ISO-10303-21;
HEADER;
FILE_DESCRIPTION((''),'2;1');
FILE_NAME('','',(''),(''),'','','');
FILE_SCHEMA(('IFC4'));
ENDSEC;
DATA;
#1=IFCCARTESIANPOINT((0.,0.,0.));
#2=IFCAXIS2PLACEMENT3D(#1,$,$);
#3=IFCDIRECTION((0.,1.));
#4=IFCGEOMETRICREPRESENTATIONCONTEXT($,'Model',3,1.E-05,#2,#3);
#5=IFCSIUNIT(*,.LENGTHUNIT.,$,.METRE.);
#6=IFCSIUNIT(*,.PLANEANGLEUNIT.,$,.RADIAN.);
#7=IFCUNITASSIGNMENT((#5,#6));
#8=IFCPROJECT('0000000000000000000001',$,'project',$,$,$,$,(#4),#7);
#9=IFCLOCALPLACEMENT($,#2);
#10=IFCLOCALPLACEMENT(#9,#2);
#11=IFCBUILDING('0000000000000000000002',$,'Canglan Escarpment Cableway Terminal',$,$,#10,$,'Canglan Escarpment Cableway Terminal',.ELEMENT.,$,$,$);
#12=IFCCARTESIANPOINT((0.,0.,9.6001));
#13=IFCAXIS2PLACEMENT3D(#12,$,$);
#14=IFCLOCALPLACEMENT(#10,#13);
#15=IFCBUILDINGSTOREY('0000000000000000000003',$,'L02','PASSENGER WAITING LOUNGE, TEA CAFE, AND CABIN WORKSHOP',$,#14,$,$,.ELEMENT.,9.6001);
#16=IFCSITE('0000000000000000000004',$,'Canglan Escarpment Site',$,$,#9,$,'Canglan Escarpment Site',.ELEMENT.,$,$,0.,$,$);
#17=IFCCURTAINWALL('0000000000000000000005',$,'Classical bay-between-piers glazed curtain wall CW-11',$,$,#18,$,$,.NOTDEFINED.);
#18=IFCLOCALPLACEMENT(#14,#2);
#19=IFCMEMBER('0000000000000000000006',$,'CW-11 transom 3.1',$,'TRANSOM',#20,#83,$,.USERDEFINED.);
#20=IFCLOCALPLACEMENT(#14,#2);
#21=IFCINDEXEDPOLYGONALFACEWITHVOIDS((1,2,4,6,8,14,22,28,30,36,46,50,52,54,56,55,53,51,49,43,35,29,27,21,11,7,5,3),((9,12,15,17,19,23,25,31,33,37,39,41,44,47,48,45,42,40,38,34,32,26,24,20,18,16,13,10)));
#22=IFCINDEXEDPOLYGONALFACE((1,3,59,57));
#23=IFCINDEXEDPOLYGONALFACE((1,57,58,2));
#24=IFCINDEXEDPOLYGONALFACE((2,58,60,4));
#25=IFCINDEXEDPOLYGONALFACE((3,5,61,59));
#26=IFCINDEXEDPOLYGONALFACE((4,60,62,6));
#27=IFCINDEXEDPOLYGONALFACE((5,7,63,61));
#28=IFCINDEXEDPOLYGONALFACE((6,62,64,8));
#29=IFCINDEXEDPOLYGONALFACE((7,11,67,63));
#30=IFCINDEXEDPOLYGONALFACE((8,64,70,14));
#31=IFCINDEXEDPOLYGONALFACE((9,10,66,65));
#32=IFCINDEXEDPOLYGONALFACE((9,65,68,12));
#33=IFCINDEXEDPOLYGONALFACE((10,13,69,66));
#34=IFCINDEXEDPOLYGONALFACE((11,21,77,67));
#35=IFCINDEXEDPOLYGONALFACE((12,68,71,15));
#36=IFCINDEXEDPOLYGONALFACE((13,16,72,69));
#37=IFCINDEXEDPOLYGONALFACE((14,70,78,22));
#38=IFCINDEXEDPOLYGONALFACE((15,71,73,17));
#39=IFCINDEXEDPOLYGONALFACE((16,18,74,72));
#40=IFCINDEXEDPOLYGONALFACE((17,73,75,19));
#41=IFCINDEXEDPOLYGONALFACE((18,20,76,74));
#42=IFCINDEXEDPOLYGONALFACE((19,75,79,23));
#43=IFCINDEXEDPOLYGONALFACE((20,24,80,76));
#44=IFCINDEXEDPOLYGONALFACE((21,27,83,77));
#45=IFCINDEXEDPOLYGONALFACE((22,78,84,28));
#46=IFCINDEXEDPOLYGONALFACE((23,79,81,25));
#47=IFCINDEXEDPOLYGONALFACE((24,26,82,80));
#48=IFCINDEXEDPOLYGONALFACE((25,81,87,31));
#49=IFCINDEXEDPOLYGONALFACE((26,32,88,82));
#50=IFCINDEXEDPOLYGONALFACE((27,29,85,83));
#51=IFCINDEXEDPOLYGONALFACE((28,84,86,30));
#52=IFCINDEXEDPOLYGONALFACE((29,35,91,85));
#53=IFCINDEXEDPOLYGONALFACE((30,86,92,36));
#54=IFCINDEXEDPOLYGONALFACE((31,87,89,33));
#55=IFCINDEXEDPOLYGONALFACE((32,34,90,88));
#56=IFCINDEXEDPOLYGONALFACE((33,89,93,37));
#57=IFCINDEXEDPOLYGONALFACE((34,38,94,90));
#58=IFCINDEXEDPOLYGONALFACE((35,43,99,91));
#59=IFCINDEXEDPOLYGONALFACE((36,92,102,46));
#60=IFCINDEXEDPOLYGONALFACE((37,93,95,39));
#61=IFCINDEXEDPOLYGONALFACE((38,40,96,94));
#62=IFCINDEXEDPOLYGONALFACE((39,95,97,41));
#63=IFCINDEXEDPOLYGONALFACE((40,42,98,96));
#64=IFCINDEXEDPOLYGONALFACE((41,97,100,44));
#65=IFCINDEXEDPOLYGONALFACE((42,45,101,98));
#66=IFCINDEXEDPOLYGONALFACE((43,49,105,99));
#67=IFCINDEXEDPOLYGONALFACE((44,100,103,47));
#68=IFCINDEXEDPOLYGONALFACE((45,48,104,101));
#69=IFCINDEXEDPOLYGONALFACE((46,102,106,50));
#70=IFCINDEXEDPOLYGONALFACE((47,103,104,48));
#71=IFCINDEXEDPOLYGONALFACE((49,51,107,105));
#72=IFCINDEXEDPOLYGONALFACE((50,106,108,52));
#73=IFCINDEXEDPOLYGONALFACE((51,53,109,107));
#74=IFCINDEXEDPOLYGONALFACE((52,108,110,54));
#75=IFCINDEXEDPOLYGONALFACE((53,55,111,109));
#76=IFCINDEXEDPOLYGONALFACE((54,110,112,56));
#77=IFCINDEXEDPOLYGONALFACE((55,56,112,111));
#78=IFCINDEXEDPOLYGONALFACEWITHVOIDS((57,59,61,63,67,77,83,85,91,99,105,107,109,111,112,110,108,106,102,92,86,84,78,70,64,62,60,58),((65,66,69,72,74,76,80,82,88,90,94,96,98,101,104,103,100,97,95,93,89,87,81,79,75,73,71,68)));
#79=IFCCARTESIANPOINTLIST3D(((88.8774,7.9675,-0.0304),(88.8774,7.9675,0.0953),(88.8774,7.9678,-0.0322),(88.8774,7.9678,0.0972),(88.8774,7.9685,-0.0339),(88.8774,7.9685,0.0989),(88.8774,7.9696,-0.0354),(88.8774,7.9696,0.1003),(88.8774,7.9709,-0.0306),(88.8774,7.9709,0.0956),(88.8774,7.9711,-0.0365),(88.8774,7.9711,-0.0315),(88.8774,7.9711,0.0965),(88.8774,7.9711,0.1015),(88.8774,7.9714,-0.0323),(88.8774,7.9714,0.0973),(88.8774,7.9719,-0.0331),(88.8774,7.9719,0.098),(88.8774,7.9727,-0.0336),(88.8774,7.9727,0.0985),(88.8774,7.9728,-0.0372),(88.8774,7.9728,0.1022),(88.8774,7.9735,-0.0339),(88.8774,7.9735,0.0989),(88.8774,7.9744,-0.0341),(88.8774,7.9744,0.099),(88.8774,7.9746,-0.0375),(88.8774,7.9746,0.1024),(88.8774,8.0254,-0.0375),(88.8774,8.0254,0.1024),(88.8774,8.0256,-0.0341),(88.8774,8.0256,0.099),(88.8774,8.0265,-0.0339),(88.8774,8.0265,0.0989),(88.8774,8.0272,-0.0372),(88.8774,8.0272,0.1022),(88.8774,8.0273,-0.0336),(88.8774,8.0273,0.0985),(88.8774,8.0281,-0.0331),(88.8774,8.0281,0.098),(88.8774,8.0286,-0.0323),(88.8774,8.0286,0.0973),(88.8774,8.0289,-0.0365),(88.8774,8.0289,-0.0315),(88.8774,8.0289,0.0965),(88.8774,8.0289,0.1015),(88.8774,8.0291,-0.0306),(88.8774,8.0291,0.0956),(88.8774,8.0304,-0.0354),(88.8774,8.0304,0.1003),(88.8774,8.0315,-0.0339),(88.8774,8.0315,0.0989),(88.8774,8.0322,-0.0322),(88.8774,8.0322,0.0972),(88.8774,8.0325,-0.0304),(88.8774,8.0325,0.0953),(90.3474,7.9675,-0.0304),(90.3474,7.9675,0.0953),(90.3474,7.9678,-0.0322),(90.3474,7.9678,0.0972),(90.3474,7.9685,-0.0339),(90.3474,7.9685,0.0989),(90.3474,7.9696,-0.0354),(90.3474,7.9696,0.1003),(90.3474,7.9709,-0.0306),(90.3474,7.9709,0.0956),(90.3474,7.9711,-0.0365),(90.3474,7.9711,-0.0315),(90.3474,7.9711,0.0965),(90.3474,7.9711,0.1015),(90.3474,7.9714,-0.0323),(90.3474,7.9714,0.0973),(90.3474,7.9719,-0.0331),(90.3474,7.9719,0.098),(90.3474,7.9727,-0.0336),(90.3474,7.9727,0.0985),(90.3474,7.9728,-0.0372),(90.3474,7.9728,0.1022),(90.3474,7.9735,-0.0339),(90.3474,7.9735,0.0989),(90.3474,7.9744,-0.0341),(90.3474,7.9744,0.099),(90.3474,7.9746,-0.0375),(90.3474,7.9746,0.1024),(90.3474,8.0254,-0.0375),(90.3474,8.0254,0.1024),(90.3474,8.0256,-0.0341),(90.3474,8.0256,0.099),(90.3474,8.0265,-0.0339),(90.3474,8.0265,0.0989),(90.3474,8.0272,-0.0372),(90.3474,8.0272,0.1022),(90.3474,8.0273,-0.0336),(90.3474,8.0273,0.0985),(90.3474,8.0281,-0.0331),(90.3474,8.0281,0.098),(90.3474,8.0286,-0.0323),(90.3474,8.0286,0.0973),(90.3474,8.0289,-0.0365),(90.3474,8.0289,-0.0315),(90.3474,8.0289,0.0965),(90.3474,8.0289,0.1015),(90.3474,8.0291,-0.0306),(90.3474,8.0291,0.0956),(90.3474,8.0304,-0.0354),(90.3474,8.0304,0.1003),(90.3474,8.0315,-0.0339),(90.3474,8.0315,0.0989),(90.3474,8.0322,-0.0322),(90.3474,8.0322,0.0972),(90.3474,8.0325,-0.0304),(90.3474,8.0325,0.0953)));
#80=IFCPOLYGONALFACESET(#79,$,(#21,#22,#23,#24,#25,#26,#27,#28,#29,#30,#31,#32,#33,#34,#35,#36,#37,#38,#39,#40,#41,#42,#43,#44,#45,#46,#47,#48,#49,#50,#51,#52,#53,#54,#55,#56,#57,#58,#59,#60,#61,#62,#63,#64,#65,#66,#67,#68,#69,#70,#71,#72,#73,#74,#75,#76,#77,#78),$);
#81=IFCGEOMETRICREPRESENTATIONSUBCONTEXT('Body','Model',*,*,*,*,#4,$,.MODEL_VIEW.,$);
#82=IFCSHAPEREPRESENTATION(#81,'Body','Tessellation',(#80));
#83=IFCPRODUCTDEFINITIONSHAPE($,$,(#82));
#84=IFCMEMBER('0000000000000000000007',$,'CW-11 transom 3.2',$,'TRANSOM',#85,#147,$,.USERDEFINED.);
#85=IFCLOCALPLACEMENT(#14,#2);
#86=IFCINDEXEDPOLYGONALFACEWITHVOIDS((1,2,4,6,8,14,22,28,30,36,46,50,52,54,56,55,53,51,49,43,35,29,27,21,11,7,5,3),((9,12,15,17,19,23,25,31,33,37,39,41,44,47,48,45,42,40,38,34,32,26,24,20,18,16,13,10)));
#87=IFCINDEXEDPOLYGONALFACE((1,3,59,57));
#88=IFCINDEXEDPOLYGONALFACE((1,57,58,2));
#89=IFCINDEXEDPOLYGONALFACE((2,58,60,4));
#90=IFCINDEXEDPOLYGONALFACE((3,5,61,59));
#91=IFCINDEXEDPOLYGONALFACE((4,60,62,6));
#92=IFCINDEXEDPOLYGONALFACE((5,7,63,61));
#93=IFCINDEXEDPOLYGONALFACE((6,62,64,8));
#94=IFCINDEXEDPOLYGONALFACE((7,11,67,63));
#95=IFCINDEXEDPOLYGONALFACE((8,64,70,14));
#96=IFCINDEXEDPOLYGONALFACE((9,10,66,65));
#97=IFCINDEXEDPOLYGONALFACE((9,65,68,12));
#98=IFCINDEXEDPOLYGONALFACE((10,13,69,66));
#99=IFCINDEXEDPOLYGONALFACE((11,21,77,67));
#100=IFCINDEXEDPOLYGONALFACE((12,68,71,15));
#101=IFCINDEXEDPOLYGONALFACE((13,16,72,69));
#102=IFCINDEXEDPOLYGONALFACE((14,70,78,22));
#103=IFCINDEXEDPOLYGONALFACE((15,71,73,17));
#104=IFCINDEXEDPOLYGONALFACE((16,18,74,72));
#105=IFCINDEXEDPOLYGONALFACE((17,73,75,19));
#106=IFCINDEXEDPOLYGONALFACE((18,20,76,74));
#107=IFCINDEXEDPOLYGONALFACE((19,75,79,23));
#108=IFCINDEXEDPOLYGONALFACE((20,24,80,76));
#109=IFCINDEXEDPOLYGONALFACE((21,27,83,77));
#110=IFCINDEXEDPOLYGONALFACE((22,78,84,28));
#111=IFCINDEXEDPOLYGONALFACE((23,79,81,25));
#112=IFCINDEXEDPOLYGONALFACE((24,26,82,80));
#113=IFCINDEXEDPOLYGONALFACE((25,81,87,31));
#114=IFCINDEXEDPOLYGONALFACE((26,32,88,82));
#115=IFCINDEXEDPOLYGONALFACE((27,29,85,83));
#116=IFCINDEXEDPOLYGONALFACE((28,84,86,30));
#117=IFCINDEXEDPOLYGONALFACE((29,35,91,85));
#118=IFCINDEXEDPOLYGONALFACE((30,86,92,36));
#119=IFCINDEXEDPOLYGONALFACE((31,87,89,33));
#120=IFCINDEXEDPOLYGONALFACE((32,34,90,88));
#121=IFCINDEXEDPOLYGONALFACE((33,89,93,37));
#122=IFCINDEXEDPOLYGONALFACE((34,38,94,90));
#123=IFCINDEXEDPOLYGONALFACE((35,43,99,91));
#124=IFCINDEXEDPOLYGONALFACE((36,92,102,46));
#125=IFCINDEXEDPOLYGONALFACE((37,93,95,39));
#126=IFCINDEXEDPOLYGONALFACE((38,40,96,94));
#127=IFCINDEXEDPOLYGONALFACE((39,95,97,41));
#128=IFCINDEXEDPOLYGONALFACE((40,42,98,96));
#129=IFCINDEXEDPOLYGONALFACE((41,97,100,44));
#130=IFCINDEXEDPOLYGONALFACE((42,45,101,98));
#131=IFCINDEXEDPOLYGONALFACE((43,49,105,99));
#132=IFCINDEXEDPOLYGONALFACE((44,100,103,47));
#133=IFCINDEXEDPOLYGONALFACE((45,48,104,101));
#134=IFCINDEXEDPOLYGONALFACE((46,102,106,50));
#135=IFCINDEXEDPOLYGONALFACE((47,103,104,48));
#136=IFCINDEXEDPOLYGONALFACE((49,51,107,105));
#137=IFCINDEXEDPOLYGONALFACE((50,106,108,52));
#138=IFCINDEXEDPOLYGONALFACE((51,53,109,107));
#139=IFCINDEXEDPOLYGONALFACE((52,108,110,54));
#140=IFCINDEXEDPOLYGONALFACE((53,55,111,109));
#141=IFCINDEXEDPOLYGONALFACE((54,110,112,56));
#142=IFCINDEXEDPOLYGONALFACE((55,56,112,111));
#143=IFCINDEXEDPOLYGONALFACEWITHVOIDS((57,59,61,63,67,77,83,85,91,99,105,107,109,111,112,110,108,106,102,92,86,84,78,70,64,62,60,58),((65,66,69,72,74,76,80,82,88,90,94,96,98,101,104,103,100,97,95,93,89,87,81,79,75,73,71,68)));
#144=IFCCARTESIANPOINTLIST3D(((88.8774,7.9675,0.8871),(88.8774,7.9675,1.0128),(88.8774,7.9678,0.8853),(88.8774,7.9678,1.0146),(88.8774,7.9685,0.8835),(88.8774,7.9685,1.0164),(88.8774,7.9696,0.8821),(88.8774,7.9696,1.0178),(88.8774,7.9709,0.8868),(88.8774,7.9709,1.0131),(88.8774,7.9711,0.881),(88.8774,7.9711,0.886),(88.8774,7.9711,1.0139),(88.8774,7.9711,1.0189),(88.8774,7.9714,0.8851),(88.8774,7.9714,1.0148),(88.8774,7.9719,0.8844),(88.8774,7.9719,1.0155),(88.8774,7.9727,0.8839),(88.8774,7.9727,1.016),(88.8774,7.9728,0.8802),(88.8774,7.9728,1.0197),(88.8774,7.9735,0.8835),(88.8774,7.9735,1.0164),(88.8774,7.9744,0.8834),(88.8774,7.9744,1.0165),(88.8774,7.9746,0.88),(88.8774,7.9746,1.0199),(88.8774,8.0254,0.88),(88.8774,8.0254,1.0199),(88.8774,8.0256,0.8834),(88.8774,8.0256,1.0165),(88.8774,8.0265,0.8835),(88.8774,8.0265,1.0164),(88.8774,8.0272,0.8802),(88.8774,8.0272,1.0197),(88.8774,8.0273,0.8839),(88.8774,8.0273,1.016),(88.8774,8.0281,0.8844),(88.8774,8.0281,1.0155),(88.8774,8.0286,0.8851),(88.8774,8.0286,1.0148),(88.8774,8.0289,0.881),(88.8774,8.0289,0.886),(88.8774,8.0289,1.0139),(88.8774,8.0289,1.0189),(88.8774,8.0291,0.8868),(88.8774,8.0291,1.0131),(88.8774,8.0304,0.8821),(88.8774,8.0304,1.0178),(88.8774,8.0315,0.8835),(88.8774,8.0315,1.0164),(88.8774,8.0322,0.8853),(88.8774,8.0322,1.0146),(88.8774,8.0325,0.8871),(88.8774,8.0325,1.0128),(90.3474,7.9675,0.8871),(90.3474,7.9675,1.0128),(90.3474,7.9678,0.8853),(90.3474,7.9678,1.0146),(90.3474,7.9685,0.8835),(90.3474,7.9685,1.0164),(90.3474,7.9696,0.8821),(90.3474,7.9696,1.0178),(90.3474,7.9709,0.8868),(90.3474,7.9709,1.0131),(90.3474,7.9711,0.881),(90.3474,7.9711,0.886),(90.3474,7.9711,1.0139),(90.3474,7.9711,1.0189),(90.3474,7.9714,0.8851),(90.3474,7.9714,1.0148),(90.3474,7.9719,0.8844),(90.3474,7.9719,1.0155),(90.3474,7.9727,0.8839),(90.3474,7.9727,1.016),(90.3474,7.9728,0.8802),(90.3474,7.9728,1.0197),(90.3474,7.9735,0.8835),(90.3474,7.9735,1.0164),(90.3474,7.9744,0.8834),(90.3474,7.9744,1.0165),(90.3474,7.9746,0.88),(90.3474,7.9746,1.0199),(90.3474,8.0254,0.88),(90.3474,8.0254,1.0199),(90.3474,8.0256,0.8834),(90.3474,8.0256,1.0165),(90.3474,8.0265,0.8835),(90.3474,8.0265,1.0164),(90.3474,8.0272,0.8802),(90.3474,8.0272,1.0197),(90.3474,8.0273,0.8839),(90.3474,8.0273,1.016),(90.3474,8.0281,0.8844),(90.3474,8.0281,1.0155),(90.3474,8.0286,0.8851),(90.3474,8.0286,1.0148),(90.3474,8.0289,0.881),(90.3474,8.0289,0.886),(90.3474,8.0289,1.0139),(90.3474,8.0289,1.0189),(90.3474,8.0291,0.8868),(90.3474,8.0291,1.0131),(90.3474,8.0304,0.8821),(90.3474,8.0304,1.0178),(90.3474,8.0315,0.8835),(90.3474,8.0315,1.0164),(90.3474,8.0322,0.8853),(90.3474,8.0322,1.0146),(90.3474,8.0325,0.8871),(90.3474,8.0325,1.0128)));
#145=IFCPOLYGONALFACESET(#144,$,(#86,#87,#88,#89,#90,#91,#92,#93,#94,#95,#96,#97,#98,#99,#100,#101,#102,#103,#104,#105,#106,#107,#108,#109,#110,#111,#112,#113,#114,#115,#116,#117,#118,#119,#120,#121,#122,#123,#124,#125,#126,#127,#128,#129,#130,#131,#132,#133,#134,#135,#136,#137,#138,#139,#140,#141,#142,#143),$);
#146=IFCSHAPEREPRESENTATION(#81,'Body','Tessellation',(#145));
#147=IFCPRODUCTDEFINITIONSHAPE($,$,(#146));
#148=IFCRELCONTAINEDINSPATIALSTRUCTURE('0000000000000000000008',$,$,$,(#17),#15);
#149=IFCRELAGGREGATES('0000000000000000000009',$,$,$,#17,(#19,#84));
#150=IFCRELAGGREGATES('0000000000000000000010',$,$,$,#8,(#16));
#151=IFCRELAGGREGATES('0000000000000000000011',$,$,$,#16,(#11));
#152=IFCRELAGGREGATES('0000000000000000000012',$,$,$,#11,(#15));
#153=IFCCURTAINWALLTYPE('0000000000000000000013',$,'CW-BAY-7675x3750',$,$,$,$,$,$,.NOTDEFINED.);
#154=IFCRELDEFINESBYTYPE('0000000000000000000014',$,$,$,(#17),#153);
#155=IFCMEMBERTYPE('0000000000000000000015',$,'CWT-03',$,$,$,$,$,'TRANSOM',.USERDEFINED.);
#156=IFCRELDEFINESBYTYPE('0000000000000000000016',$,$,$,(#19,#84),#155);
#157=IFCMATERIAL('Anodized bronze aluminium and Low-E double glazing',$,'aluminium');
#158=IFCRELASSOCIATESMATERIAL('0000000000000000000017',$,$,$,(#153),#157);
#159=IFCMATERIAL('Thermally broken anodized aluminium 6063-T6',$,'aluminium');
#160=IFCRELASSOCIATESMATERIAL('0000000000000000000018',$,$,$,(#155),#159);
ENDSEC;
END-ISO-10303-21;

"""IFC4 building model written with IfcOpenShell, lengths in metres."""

from ifc_helpers import new_model, si_unit, direction, frame, origin, origin_2d, place, context, subcontext, project, spatial, hollow_rectangle, extrude, material, material_profile, profile_set, type_object, element, aggregate, save


model = new_model("IFC4")

# Units and contexts
model_context = context("Model", 3, precision=1e-05, world=origin(), true_north=direction((0.0, 1.0)))
body_context = subcontext(model_context, "Body", "Model", "MODEL_VIEW")
ifc_project = project(units=[si_unit("LENGTHUNIT", "METRE"), si_unit("PLANEANGLEUNIT", "RADIAN")], contexts=[model_context])

# Site, building, storey
site_placement = place(None, origin())
site = spatial("IfcSite", under=ifc_project, at=site_placement, Name="Canglan Escarpment Site", LongName="Canglan Escarpment Site", CompositionType="ELEMENT", RefElevation=0.0)
building_placement = place(site_placement, origin())
building = spatial("IfcBuilding", under=site, at=building_placement, Name="Canglan Escarpment Cableway Terminal", LongName="Canglan Escarpment Cableway Terminal", CompositionType="ELEMENT")
storey_placement = place(building_placement, frame((0.0, 0.0, 9.6001)))
storey = spatial("IfcBuildingStorey", under=building, at=storey_placement, Name="L02", Description="PASSENGER WAITING LOUNGE, TEA CAFE, AND CABIN WORKSHOP", CompositionType="ELEMENT", Elevation=9.6001)

# Curtain wall, members
ifc_material_1 = material(Name="Anodized bronze aluminium and Low-E double glazing", Category="aluminium")
curtain_wall_type = type_object("IfcCurtainWallType", Name="CW-BAY-7675x3750", PredefinedType="NOTDEFINED", material=ifc_material_1)
curtain_wall_placement = place(storey_placement, origin())
curtain_wall = element("IfcCurtainWall", 1, at=curtain_wall_placement, inside=storey, type_object=curtain_wall_type, Name="Classical bay-between-piers glazed curtain wall CW-11", PredefinedType="NOTDEFINED")
ifc_material_2 = material(Name="Thermally broken anodized aluminium 6063-T6", Category="aluminium")
ifc_material_profile_1 = material_profile(ifc_material_2, hollow_rectangle(XDim=0.0649, YDim=0.1399, WallThickness=0.0034, InnerFilletRadius=0.0034, OuterFilletRadius=0.0071, at=origin_2d()), Name="ALU-TRAN 65x140x3.5")
ifc_profile_set_1 = profile_set([ifc_material_profile_1], Name="Thermally broken anodized aluminium 6063-T6")
member_type_1 = type_object("IfcMemberType", Name="CWT-03", ElementType="TRANSOM", PredefinedType="USERDEFINED", material=ifc_profile_set_1)
member_1_placement = place(storey_placement, frame((88.8774, 8.0, 0.0325), z_axis=(1.0, 0.0, 0.0), x_axis=(0.0, 1.0, 0.0)))
member_1 = element("IfcMember", 2, at=member_1_placement, type_object=member_type_1, Name="CW-11 transom 3.1", ObjectType="TRANSOM", PredefinedType="USERDEFINED", context=body_context, shape_type="SweptSolid", body=[
    extrude(hollow_rectangle(XDim=0.0649, YDim=0.1399, WallThickness=0.0034, InnerFilletRadius=0.0034, OuterFilletRadius=0.0071, at=origin_2d()), origin(), (0.0, 0.0, 1.0), 1.47),
])
member_2_placement = place(storey_placement, frame((88.8774, 8.0, 0.95), z_axis=(1.0, 0.0, 0.0), x_axis=(0.0, 1.0, 0.0)))
member_2 = element("IfcMember", 3, at=member_2_placement, type_object=member_type_1, Name="CW-11 transom 3.2", ObjectType="TRANSOM", PredefinedType="USERDEFINED", context=body_context, shape_type="SweptSolid", body=[
    extrude(hollow_rectangle(XDim=0.0649, YDim=0.1399, WallThickness=0.0034, InnerFilletRadius=0.0034, OuterFilletRadius=0.0071, at=origin_2d()), origin(), (0.0, 0.0, 1.0), 1.47),
])

aggregate(curtain_wall, [member_1, member_2])

save(model, "model.ifc")
